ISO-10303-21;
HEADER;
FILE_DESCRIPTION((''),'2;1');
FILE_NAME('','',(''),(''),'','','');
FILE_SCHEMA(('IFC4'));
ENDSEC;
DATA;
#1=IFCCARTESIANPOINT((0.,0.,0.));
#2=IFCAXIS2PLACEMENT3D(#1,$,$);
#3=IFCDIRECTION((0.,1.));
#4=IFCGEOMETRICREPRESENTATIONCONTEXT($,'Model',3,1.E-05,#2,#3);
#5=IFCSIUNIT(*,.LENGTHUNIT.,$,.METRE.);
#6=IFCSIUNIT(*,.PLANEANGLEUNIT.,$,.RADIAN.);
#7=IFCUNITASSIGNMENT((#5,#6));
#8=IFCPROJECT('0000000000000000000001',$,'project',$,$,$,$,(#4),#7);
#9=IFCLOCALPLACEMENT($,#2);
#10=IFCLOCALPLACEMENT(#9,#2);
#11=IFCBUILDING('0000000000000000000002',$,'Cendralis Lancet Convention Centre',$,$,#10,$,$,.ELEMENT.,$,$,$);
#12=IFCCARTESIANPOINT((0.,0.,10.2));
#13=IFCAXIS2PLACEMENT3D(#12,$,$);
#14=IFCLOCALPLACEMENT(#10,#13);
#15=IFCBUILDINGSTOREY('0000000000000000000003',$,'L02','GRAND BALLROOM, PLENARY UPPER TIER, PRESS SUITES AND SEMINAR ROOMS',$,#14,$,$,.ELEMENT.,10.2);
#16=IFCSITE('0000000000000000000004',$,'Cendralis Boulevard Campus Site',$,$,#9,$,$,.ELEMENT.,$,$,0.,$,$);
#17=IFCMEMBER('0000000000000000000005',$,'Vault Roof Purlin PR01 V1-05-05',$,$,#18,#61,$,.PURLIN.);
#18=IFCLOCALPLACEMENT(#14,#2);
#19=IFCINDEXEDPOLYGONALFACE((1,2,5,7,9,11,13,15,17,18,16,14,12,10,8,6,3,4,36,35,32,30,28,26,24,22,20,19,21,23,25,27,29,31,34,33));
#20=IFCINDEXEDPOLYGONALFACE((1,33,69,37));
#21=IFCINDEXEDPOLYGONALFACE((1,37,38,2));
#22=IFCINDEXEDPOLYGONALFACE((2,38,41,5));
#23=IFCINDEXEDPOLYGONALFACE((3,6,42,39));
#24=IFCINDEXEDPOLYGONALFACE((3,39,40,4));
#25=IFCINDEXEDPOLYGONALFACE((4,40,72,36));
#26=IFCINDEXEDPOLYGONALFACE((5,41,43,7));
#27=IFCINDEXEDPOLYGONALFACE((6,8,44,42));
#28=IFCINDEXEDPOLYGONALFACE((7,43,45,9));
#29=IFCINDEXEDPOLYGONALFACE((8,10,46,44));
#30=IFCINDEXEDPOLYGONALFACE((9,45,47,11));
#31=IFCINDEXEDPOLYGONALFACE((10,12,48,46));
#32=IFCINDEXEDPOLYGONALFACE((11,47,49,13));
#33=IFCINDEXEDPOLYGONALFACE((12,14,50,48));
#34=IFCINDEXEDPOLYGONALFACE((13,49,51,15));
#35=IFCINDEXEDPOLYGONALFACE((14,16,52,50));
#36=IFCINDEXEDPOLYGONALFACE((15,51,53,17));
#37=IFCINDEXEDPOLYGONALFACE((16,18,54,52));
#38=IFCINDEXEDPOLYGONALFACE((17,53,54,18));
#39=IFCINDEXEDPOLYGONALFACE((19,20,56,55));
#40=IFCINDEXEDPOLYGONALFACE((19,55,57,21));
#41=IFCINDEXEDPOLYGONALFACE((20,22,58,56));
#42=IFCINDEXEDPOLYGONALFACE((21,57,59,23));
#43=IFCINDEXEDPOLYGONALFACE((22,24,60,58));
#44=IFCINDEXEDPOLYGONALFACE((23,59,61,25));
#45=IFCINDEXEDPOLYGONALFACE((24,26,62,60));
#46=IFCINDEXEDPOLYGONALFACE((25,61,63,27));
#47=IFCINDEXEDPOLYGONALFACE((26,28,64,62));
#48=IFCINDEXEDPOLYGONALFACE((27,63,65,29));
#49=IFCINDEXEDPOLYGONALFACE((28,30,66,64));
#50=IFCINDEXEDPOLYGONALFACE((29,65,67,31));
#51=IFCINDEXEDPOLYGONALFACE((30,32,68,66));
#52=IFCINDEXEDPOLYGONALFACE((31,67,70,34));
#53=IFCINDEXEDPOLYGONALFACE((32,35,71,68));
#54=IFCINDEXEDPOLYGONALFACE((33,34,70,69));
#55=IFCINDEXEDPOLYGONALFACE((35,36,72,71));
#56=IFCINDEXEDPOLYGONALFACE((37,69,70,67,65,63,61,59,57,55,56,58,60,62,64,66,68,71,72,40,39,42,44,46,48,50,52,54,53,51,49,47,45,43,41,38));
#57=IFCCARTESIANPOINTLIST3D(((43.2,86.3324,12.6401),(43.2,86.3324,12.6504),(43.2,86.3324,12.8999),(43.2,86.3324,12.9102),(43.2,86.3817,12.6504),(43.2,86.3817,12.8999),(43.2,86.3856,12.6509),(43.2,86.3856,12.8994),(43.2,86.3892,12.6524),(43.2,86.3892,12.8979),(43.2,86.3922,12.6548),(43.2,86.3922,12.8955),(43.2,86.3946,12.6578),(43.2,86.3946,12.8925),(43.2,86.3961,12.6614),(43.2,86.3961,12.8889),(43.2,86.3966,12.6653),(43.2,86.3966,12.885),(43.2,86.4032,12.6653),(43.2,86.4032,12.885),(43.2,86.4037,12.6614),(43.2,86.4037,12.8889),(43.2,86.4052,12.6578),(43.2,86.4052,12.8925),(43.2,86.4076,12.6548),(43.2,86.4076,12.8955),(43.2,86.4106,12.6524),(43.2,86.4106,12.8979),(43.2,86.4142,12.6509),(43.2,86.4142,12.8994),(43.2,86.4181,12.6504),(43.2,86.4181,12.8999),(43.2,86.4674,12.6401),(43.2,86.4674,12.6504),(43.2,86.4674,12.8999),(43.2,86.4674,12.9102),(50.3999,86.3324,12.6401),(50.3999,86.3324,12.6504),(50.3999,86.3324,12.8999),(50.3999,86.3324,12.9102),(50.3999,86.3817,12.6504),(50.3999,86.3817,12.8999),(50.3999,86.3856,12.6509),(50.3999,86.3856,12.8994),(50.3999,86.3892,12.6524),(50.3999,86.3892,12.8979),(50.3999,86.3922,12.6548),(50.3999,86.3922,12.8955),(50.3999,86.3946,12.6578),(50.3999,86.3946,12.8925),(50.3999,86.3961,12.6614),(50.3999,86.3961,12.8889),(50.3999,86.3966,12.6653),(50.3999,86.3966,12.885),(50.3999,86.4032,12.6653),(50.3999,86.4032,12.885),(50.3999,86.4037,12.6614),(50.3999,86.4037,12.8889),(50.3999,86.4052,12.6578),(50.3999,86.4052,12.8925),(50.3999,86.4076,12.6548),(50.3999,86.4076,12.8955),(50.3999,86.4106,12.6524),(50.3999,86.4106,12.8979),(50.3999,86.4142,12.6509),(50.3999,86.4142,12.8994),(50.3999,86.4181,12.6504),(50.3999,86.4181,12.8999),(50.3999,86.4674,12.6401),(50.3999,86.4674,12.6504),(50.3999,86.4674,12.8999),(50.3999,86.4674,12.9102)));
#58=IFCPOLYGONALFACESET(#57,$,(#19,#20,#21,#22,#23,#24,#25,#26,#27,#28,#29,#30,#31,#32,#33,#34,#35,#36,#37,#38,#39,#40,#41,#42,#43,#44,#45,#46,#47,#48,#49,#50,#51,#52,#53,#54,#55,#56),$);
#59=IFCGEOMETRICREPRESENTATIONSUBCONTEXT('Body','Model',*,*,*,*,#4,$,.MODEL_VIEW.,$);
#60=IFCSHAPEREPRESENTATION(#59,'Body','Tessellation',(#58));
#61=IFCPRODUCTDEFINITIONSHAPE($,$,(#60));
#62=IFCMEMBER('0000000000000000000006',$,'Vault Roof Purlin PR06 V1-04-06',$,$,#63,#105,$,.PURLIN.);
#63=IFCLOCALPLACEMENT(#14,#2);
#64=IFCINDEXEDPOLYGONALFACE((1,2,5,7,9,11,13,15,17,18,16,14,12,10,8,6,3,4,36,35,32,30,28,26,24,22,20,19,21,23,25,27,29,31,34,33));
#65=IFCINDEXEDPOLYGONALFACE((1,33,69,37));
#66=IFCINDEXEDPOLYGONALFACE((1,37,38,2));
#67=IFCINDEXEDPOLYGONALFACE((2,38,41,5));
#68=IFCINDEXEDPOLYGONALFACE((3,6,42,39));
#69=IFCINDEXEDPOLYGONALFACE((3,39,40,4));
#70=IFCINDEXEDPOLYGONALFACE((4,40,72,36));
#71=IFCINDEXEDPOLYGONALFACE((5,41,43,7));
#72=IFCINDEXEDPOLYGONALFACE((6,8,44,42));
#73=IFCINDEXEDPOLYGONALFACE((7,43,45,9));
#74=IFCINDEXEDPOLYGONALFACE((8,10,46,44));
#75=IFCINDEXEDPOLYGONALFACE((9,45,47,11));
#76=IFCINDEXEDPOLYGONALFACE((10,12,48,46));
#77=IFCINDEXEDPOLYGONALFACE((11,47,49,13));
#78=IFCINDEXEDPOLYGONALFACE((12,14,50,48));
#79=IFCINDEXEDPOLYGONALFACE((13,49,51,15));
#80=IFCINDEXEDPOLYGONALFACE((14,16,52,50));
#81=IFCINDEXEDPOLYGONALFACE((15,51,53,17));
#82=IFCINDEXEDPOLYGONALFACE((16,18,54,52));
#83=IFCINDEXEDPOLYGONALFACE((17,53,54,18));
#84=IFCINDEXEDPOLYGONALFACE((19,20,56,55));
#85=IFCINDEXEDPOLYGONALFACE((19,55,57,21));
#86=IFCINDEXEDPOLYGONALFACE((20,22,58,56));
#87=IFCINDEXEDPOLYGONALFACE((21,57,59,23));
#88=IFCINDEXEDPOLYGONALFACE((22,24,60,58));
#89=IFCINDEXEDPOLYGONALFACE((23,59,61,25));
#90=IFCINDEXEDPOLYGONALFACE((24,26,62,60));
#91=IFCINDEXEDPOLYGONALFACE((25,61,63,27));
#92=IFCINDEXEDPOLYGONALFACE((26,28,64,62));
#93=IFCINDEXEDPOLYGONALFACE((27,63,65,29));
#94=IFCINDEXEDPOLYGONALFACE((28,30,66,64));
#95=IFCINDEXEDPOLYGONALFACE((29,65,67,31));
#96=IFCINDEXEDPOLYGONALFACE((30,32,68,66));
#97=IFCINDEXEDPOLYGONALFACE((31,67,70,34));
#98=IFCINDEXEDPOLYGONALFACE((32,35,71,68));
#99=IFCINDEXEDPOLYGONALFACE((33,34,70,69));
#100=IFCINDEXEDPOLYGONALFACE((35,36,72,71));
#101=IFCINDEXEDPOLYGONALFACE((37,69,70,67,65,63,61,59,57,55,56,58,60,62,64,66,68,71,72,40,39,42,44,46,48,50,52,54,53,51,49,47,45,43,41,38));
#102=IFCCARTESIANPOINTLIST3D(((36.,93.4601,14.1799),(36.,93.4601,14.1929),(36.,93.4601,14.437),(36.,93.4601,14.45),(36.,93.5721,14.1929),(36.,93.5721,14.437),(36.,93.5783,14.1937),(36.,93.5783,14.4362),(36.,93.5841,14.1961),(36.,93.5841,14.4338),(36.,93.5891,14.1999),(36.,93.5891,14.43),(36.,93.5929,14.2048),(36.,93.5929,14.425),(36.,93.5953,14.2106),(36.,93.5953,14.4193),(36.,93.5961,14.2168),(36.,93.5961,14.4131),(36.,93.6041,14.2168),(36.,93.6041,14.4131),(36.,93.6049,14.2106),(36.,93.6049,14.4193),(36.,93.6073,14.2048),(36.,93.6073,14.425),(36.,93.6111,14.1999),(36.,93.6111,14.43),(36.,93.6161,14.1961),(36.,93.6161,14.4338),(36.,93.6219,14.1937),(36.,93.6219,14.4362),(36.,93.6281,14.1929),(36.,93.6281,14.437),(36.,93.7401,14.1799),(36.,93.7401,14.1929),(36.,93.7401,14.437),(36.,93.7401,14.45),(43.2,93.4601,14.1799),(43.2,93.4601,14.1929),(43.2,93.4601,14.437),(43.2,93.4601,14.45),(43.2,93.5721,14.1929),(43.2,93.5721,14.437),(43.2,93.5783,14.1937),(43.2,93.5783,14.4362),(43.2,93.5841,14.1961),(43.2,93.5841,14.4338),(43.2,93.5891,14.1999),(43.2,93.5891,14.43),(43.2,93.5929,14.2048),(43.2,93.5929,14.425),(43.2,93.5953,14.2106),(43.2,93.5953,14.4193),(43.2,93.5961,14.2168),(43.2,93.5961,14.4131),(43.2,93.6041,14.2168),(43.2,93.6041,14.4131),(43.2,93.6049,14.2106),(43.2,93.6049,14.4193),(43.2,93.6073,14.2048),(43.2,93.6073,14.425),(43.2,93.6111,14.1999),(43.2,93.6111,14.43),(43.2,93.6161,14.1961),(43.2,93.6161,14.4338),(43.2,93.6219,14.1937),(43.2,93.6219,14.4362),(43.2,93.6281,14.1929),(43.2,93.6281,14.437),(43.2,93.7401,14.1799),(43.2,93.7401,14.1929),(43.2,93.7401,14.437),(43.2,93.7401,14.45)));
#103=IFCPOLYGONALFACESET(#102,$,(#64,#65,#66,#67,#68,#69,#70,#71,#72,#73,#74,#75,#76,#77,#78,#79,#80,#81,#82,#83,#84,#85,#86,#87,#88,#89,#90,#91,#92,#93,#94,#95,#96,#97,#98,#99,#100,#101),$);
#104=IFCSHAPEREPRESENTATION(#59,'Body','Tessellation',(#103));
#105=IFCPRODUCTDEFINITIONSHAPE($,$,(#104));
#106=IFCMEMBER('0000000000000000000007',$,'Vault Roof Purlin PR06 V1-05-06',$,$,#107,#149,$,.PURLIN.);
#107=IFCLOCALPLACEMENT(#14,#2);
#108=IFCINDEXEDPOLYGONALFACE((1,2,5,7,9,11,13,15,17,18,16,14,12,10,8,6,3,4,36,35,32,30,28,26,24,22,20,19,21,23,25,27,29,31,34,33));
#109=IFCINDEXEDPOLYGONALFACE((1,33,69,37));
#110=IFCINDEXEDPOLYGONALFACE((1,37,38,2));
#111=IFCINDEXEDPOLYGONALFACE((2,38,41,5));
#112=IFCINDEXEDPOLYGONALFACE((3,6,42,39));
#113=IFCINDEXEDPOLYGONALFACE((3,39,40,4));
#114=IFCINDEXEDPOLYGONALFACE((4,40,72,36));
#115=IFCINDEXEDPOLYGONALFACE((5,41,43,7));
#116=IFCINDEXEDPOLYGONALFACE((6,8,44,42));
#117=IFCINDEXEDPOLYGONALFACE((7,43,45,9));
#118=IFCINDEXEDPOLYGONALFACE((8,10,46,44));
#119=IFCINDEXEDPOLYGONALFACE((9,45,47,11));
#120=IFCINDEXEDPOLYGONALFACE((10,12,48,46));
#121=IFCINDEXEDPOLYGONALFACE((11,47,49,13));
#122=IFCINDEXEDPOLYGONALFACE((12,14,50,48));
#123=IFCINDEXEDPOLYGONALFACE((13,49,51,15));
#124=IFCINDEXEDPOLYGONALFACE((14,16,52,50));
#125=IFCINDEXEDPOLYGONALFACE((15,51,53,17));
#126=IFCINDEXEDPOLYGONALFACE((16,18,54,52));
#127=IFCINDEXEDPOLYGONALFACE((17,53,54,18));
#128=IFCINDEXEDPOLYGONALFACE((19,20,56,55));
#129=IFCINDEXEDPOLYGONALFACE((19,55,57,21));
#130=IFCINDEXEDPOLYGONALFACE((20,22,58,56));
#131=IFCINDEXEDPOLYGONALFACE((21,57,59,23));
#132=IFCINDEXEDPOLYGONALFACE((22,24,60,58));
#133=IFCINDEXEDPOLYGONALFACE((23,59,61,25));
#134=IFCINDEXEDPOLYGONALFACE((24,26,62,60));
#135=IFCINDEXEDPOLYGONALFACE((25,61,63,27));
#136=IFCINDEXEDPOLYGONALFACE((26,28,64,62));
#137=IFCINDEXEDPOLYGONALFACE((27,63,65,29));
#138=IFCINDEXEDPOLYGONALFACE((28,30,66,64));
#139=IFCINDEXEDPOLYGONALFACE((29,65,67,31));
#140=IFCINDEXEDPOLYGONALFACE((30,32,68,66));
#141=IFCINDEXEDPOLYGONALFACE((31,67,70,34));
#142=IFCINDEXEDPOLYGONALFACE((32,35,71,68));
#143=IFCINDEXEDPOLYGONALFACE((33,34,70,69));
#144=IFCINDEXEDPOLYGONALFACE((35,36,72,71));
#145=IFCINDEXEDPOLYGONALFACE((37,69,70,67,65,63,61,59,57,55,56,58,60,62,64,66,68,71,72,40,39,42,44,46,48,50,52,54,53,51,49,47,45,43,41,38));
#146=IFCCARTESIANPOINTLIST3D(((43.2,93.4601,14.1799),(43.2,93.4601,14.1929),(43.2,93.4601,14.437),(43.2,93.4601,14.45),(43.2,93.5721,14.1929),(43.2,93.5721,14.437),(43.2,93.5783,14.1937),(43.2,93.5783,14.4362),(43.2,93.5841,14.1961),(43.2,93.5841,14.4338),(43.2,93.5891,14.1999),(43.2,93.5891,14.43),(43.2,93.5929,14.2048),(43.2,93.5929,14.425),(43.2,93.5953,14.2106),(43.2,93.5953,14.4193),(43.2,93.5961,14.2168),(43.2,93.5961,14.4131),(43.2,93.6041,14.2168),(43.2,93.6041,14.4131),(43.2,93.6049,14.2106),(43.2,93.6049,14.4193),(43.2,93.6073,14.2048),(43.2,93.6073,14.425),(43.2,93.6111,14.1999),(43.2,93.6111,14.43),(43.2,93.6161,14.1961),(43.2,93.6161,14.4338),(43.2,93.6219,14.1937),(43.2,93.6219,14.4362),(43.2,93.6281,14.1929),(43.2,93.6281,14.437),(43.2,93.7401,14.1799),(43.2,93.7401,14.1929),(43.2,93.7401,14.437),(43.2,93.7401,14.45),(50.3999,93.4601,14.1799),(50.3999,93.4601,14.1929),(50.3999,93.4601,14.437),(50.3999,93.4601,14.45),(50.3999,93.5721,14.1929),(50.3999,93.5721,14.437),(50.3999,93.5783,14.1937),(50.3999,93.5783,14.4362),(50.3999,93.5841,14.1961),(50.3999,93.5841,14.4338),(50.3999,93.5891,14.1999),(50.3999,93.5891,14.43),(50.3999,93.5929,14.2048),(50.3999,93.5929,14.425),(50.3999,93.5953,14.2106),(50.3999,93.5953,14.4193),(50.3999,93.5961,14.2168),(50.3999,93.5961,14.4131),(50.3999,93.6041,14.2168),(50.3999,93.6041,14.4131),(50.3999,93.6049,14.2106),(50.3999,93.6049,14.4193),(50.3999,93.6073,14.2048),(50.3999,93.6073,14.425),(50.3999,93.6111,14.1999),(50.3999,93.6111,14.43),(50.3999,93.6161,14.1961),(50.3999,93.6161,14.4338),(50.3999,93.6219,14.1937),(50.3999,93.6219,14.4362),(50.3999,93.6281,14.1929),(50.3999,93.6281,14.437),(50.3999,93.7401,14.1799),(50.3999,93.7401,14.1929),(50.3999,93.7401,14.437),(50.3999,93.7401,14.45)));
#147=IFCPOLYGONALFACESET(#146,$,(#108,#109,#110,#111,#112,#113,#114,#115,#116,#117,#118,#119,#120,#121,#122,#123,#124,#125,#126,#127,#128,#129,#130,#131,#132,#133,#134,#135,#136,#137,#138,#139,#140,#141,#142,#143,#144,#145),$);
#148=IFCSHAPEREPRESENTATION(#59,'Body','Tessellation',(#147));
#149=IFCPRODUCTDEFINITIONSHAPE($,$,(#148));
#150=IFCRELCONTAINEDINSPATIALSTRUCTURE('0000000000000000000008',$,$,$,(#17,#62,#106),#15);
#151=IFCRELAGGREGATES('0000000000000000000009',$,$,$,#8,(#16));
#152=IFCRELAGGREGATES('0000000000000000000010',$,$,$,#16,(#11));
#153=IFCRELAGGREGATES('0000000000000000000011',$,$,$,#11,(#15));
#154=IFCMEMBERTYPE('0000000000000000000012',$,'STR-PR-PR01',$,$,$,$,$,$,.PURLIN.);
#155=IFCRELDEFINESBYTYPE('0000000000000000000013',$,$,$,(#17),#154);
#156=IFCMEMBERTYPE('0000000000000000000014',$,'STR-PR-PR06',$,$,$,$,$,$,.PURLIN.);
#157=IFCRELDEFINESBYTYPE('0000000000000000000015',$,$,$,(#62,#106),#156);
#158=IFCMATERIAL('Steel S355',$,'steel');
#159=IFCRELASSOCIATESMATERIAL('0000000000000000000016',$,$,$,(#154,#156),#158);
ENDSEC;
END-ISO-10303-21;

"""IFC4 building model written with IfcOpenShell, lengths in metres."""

from ifc_helpers import new_model, si_unit, direction, frame, origin, origin_2d, place, context, subcontext, project, spatial, i_section, extrude, material, material_profile, profile_set, type_object, element, save


model = new_model("IFC4")

# Units and contexts
model_context = context("Model", 3, precision=1e-05, world=origin(), true_north=direction((0.0, 1.0)))
body_context = subcontext(model_context, "Body", "Model", "MODEL_VIEW")
ifc_project = project(units=[si_unit("LENGTHUNIT", "METRE"), si_unit("PLANEANGLEUNIT", "RADIAN")], contexts=[model_context])

# Site, building, storey
site_placement = place(None, origin())
site = spatial("IfcSite", under=ifc_project, at=site_placement, Name="Cendralis Boulevard Campus Site", CompositionType="ELEMENT", RefElevation=0.0)
building_placement = place(site_placement, origin())
building = spatial("IfcBuilding", under=site, at=building_placement, Name="Cendralis Lancet Convention Centre", CompositionType="ELEMENT")
storey_placement = place(building_placement, frame((0.0, 0.0, 10.2)))
storey = spatial("IfcBuildingStorey", under=building, at=storey_placement, Name="L02", Description="GRAND BALLROOM, PLENARY UPPER TIER, PRESS SUITES AND SEMINAR ROOMS", CompositionType="ELEMENT", Elevation=10.2)

# Members
ifc_material = material(Name="Steel S355", Category="steel")
ifc_material_profile_1 = material_profile(ifc_material, i_section(OverallWidth=0.135, OverallDepth=0.27, WebThickness=0.0066, FlangeThickness=0.0103, FilletRadius=0.0149, at=origin_2d()), Name="IPE 270")
ifc_profile_set_1 = profile_set([ifc_material_profile_1], Name="Steel S355")
member_type_1 = type_object("IfcMemberType", Name="STR-PR-PR01", PredefinedType="PURLIN", material=ifc_profile_set_1)
for number, where, z_axis, x_axis, name in (
    (1, (43.2, 86.3999, 12.7751), (1.0, 0.0, 0.0), (0.0, 1.0, 0.0), "Vault Roof Purlin PR01 V1-05-05"),
):
    element("IfcMember", number, at=place(storey_placement, frame(where, z_axis=z_axis, x_axis=x_axis)), inside=storey, type_object=member_type_1, Name=name, PredefinedType="PURLIN", context=body_context, shape_type="SweptSolid", body=[
        extrude(i_section(OverallWidth=0.135, OverallDepth=0.27, WebThickness=0.0066, FlangeThickness=0.0103, FilletRadius=0.0149, at=origin_2d()), origin(), (0.0, 0.0, 1.0), 7.2),
    ])
ifc_material_profile_2 = material_profile(ifc_material, i_section(OverallWidth=0.28, OverallDepth=0.27, WebThickness=0.0081, FlangeThickness=0.0129, FilletRadius=0.0239, at=origin_2d()), Name="HEA 280")
ifc_profile_set_2 = profile_set([ifc_material_profile_2], Name="Steel S355")
member_type_2 = type_object("IfcMemberType", Name="STR-PR-PR06", PredefinedType="PURLIN", material=ifc_profile_set_2)
for number, where, z_axis, x_axis, name in (
    (2, (36.0, 93.6001, 14.3149), (1.0, 0.0, 0.0), (0.0, 1.0, 0.0), "Vault Roof Purlin PR06 V1-04-06"),
    (3, (43.2, 93.6001, 14.3149), (1.0, 0.0, 0.0), (0.0, 1.0, 0.0), "Vault Roof Purlin PR06 V1-05-06"),
):
    element("IfcMember", number, at=place(storey_placement, frame(where, z_axis=z_axis, x_axis=x_axis)), inside=storey, type_object=member_type_2, Name=name, PredefinedType="PURLIN", context=body_context, shape_type="SweptSolid", body=[
        extrude(i_section(OverallWidth=0.28, OverallDepth=0.27, WebThickness=0.0081, FlangeThickness=0.0129, FilletRadius=0.0239, at=origin_2d()), origin(), (0.0, 0.0, 1.0), 7.2),
    ])

save(model, "model.ifc")
